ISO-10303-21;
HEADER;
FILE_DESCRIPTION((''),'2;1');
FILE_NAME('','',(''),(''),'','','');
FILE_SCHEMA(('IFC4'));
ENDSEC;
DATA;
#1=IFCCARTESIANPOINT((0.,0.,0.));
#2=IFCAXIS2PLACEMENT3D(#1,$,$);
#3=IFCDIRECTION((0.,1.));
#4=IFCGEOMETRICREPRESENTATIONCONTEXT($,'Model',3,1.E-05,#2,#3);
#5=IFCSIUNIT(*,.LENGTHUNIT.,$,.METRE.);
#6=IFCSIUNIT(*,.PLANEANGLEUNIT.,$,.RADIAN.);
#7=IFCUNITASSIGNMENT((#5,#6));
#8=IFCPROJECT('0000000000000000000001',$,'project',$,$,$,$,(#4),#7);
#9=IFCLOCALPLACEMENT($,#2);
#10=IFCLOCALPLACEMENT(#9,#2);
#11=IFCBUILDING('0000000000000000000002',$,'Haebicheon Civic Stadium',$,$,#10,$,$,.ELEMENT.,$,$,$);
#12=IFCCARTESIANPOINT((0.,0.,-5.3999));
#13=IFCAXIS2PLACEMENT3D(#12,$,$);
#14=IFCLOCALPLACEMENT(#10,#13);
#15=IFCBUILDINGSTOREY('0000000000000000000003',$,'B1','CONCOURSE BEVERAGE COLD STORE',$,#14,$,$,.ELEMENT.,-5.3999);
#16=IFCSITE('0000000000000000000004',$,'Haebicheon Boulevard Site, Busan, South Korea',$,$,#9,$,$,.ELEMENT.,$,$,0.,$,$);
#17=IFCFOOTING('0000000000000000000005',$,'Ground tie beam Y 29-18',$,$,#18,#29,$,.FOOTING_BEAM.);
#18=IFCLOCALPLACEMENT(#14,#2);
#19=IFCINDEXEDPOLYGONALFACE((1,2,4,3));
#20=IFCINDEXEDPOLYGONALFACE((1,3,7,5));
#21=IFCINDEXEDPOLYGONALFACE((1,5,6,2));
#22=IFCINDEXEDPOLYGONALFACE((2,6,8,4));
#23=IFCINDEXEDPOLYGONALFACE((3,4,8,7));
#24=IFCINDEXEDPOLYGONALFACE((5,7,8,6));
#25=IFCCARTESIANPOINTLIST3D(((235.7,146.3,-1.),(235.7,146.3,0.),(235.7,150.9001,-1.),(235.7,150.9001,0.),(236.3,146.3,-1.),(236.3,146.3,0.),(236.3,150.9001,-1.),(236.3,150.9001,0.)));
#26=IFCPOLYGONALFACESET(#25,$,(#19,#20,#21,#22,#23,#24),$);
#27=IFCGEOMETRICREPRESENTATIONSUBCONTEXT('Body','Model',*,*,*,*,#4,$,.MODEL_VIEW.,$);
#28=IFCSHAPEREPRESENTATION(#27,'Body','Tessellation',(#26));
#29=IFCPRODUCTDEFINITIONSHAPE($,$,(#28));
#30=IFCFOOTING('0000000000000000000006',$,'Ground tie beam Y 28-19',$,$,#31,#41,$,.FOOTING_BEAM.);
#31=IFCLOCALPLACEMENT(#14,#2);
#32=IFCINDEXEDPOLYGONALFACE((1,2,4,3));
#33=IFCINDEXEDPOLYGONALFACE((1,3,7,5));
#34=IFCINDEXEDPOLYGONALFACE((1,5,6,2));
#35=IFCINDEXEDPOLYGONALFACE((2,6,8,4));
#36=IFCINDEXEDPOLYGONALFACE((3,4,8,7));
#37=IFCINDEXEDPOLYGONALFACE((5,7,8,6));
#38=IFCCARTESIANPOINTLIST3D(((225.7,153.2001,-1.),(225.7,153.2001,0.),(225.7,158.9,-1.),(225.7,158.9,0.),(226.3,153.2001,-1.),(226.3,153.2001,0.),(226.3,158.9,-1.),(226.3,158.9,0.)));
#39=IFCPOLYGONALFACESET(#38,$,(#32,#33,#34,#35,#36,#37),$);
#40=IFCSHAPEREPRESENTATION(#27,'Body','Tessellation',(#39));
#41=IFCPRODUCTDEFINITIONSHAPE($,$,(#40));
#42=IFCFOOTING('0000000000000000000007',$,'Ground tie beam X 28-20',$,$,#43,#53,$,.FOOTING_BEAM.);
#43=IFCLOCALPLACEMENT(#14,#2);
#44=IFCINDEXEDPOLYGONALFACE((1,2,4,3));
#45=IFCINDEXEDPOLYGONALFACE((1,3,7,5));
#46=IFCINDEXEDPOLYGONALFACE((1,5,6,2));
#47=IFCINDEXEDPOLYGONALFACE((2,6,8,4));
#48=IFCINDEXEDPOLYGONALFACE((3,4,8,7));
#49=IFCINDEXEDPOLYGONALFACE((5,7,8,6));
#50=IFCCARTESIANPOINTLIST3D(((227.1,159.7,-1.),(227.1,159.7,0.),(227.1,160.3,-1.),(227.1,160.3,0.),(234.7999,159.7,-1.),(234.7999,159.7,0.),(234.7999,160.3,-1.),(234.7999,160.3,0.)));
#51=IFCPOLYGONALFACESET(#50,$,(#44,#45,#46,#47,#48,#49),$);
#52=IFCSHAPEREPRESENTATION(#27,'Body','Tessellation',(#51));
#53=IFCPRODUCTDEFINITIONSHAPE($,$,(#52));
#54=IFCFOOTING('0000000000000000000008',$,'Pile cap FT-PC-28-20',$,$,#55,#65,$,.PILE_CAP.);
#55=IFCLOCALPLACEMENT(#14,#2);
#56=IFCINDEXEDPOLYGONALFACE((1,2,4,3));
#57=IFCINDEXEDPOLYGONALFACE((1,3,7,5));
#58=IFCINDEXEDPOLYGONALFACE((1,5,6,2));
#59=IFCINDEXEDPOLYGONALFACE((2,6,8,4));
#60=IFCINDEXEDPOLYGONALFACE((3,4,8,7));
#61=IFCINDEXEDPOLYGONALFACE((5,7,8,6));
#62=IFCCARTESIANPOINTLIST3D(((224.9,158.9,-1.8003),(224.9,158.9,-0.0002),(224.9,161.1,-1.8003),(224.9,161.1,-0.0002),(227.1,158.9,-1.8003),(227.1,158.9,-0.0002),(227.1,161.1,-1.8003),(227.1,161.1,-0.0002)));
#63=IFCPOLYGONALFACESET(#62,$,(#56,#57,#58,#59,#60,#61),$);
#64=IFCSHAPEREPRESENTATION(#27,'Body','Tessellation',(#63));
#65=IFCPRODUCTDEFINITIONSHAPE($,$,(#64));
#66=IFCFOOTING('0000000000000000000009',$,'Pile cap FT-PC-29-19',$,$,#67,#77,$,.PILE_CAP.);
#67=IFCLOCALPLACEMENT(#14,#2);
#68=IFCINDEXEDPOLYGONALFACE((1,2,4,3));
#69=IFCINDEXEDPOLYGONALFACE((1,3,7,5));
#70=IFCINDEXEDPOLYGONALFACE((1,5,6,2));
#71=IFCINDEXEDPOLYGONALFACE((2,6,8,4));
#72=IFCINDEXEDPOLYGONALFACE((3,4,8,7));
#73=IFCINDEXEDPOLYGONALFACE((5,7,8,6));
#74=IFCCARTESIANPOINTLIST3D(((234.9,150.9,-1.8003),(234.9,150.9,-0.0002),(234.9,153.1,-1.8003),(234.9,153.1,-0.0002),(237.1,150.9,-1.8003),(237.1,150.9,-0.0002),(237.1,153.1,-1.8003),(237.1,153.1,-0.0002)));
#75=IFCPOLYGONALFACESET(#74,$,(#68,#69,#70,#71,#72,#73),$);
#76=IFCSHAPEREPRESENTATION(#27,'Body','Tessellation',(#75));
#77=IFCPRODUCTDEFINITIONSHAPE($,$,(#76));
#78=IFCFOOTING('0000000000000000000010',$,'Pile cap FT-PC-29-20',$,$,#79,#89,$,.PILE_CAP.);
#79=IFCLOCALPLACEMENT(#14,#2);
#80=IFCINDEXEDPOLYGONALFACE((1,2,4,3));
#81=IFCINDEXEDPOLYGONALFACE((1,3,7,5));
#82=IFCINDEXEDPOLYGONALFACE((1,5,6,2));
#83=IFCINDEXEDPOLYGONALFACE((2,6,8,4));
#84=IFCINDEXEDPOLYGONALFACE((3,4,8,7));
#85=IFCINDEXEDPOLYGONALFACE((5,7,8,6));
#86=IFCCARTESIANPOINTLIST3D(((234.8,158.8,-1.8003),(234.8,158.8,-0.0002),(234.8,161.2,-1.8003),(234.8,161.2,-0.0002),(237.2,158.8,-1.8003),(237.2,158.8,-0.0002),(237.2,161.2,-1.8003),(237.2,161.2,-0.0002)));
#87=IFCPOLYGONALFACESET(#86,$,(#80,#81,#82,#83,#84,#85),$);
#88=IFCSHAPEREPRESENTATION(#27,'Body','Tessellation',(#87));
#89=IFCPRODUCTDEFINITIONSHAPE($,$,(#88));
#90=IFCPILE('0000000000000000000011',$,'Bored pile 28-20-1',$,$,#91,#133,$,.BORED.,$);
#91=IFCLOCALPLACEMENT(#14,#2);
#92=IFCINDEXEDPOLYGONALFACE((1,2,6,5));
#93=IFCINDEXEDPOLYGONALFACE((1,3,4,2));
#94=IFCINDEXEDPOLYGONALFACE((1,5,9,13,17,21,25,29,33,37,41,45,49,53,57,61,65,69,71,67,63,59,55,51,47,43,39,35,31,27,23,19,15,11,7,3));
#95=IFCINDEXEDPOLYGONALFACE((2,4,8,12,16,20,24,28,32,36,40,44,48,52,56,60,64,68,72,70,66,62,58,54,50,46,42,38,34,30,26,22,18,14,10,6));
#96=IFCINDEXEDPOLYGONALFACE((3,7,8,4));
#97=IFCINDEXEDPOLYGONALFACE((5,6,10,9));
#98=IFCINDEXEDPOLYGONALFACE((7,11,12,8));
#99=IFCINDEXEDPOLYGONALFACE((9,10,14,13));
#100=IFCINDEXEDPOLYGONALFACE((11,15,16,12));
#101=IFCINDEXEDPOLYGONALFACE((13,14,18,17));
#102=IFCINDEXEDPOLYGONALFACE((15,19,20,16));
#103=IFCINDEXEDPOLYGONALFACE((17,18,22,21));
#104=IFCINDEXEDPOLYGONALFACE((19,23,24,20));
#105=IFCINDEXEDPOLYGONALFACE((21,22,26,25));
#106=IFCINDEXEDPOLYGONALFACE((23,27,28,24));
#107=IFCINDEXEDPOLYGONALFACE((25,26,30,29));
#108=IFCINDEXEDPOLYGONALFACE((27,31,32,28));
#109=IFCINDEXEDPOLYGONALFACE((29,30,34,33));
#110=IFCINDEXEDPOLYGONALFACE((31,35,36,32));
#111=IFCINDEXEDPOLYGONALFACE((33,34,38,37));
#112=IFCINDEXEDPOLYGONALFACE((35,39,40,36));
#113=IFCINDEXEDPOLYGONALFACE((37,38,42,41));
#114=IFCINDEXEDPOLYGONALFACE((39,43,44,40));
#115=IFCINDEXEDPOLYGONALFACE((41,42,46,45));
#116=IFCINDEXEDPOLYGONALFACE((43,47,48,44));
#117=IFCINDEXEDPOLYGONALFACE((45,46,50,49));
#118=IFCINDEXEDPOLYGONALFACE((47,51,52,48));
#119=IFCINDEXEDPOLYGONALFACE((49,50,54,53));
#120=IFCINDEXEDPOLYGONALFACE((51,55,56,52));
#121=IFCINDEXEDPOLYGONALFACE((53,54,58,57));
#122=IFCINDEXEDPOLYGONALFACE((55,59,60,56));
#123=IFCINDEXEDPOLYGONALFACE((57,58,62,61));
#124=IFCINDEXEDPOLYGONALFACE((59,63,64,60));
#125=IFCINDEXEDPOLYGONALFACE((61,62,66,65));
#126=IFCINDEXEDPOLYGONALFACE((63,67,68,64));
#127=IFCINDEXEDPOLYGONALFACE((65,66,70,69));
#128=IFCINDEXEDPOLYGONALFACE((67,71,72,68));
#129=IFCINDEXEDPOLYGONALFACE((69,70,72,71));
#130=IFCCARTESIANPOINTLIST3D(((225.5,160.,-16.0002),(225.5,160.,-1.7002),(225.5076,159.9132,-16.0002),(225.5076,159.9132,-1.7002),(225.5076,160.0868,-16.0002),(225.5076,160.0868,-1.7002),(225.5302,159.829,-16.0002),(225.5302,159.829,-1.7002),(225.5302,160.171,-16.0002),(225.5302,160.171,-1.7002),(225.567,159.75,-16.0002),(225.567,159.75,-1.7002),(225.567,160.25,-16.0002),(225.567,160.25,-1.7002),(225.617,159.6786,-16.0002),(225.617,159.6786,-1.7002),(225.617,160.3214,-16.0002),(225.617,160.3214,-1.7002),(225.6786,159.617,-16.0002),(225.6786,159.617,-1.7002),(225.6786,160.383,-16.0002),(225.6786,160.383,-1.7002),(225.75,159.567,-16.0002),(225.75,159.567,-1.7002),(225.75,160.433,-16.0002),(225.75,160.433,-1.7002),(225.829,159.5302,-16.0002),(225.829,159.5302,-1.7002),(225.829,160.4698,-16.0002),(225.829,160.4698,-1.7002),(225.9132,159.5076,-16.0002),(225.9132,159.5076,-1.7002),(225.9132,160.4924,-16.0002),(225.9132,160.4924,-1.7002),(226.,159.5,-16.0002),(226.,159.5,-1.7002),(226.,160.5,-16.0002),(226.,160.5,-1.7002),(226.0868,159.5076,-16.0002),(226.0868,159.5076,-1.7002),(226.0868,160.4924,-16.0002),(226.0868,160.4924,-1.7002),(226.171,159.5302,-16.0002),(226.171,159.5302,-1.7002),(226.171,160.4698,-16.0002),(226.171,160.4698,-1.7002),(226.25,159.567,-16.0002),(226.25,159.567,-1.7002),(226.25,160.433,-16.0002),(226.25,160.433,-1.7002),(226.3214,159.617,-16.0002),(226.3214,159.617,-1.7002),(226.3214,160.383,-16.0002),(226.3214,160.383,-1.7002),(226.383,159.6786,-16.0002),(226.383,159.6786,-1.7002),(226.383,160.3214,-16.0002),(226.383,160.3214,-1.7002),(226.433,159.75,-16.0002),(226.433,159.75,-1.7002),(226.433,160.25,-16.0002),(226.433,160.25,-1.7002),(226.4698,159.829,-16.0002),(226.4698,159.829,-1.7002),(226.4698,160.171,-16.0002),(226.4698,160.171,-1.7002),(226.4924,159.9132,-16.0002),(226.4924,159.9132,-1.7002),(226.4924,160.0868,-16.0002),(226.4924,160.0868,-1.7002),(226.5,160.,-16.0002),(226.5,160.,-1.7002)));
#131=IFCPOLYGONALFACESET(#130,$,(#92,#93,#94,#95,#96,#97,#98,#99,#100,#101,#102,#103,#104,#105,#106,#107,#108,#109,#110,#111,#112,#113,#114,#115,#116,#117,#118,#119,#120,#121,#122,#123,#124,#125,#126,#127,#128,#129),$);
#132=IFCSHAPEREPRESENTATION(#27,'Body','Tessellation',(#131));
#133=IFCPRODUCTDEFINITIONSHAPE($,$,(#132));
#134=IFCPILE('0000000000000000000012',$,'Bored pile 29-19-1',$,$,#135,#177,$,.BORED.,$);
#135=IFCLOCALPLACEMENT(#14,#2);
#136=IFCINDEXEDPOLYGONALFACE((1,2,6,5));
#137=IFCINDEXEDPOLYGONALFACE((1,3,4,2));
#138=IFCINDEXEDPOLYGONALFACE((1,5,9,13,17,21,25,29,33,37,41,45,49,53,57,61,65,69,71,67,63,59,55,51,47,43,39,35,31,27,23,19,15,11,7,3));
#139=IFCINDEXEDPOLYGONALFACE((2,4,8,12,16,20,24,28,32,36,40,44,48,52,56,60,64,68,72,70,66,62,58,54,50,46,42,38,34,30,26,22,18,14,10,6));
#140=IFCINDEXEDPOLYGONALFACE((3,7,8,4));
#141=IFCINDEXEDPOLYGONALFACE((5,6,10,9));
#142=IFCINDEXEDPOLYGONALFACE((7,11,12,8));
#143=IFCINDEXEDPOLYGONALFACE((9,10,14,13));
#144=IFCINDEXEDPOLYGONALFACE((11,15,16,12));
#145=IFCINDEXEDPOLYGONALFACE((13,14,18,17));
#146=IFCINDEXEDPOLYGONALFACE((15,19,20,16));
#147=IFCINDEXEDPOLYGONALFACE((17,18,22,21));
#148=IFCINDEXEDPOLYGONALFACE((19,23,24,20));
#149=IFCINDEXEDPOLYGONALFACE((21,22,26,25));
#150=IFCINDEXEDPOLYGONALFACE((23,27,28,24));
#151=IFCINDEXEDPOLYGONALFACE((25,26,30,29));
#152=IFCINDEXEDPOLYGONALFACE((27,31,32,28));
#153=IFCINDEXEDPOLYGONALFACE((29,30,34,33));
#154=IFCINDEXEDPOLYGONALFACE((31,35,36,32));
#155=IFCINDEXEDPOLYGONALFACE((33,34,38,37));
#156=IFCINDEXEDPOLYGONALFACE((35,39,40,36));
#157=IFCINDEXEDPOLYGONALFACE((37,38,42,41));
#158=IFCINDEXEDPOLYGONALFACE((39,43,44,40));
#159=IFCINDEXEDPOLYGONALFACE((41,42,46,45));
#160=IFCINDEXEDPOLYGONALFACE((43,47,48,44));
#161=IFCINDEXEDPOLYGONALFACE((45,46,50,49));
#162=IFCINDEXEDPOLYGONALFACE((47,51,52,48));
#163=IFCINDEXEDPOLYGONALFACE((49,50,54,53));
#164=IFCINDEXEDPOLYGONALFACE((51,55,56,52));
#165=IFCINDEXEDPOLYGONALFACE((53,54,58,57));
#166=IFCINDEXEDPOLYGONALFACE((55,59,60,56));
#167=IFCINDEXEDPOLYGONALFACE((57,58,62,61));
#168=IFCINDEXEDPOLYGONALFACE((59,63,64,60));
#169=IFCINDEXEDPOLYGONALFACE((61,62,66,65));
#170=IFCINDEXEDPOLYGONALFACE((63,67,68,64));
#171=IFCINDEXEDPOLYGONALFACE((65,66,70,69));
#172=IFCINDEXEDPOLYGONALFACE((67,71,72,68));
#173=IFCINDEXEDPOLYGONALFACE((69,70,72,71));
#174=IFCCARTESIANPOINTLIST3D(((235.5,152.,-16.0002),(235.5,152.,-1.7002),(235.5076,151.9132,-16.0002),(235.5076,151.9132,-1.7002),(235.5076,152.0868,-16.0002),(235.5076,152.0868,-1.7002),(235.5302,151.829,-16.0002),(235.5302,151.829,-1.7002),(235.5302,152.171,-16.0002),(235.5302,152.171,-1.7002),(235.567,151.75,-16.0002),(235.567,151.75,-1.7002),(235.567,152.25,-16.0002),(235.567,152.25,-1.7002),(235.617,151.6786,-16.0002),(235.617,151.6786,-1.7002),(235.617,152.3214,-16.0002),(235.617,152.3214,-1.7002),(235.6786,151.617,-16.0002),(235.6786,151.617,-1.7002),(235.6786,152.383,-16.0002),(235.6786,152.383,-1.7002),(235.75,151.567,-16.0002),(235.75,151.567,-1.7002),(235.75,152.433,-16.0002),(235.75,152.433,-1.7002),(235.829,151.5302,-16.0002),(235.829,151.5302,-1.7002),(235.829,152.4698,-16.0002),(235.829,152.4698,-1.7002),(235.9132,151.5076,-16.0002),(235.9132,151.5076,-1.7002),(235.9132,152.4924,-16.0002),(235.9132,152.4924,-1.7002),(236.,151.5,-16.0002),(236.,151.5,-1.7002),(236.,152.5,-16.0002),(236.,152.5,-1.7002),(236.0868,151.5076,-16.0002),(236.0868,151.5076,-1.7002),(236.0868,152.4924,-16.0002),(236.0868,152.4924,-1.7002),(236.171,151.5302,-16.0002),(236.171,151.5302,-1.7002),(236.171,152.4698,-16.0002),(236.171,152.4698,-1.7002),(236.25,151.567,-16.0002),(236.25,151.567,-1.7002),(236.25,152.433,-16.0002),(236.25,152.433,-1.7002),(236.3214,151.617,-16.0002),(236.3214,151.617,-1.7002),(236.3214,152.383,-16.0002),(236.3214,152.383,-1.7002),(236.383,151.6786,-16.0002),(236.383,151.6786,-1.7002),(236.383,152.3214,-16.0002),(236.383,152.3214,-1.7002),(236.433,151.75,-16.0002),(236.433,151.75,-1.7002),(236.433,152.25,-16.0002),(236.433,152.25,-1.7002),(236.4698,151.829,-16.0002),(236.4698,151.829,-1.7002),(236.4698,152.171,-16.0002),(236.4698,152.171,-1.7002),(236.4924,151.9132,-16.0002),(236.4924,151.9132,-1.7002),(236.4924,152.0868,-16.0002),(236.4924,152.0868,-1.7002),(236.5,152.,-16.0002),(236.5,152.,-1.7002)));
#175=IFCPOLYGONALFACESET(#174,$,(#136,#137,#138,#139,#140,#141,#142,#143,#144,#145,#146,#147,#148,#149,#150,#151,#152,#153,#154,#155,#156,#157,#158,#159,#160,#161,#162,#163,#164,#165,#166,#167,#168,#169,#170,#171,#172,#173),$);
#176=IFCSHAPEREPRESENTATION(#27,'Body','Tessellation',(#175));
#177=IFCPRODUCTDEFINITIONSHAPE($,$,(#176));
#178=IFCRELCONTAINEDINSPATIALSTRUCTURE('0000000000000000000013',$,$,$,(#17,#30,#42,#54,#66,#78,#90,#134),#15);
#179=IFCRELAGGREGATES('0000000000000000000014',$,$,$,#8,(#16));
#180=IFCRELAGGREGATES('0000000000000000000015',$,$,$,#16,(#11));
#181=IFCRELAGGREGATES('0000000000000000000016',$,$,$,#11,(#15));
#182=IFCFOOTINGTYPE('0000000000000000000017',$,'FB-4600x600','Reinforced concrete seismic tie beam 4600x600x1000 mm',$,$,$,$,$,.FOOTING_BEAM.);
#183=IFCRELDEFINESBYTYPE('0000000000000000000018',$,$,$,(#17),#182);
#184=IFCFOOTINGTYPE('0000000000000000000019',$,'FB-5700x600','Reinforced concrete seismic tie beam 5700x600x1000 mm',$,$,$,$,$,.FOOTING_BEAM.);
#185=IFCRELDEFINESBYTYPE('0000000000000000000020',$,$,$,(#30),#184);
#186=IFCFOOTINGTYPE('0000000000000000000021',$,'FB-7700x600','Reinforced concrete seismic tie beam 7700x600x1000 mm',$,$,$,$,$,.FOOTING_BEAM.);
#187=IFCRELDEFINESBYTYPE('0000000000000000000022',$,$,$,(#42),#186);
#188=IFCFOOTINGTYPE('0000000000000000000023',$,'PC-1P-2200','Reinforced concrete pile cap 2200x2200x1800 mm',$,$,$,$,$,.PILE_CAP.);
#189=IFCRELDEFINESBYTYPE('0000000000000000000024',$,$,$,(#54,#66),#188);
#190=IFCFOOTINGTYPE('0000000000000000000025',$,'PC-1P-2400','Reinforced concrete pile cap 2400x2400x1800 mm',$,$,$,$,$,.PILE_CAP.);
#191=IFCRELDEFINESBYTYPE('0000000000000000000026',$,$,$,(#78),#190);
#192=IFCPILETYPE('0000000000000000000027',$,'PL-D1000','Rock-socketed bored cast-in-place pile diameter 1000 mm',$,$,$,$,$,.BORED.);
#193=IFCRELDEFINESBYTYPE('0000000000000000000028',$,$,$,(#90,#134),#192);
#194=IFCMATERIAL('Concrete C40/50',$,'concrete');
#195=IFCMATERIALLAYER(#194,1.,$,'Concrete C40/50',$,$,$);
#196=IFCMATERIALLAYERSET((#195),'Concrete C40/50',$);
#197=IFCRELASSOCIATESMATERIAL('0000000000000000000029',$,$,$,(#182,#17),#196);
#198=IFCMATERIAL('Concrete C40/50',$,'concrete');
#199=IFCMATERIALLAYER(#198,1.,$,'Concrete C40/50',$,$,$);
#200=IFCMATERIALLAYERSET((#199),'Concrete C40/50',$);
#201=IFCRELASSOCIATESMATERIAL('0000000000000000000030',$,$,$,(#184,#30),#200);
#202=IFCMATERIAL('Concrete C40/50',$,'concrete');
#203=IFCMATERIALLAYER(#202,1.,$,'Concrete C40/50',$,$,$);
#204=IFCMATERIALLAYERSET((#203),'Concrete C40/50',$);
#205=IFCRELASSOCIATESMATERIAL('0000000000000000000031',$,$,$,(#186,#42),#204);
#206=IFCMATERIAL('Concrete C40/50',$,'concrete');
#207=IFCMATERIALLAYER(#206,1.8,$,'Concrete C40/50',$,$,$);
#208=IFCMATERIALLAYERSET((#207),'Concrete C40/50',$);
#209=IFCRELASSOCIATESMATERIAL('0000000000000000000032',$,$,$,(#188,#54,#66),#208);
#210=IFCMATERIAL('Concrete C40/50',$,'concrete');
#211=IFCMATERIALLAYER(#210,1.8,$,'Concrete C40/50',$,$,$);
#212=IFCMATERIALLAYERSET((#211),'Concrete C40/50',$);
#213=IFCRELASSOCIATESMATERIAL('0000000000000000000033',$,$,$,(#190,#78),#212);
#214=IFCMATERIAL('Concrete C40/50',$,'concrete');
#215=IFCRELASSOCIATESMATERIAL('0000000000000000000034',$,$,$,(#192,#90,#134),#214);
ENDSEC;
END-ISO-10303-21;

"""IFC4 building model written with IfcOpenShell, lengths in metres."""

from ifc_helpers import new_model, si_unit, direction, frame, origin, origin_2d, place, context, subcontext, project, spatial, rectangle, circle, extrude, material, layer, layer_set, material_profile, profile_set, type_object, element, save


model = new_model("IFC4")

# Units and contexts
model_context = context("Model", 3, precision=1e-05, world=origin(), true_north=direction((0.0, 1.0)))
body_context = subcontext(model_context, "Body", "Model", "MODEL_VIEW")
ifc_project = project(units=[si_unit("LENGTHUNIT", "METRE"), si_unit("PLANEANGLEUNIT", "RADIAN")], contexts=[model_context])

# Site, building, storey
site_placement = place(None, origin())
site = spatial("IfcSite", under=ifc_project, at=site_placement, Name="Haebicheon Boulevard Site, Busan, South Korea", CompositionType="ELEMENT", RefElevation=0.0)
building_placement = place(site_placement, origin())
building = spatial("IfcBuilding", under=site, at=building_placement, Name="Haebicheon Civic Stadium", CompositionType="ELEMENT")
storey_placement = place(building_placement, frame((0.0, 0.0, -5.3999)))
storey = spatial("IfcBuildingStorey", under=building, at=storey_placement, Name="B1", Description="CONCOURSE BEVERAGE COLD STORE", CompositionType="ELEMENT", Elevation=-5.3999)

# Footings
ifc_material_1 = material(Name="Concrete C40/50", Category="concrete")
ifc_layer_1 = layer(ifc_material_1, 1.0, Name="Concrete C40/50")
ifc_layer_set_1 = layer_set([ifc_layer_1], Name="Concrete C40/50")
footing_type_1 = type_object("IfcFootingType", Name="FB-4600x600", Description="Reinforced concrete seismic tie beam 4600x600x1000 mm", PredefinedType="FOOTING_BEAM", material=ifc_layer_set_1)
footing_1_placement = place(storey_placement, frame((236.0, 148.6001, -1.0), z_axis=(0.0, 0.0, 1.0), x_axis=(0.0, 1.0, 0.0)))
element("IfcFooting", 1, at=footing_1_placement, inside=storey, type_object=footing_type_1, material=ifc_layer_set_1, Name="Ground tie beam Y 29-18", PredefinedType="FOOTING_BEAM", context=body_context, shape_type="SweptSolid", body=[
    extrude(rectangle(XDim=4.6001, YDim=0.6001, at=origin_2d()), origin(), (0.0, 0.0, 1.0), 1.0),
])
ifc_material_2 = material(Name="Concrete C40/50", Category="concrete")
ifc_layer_2 = layer(ifc_material_2, 1.0, Name="Concrete C40/50")
ifc_layer_set_2 = layer_set([ifc_layer_2], Name="Concrete C40/50")
footing_type_2 = type_object("IfcFootingType", Name="FB-5700x600", Description="Reinforced concrete seismic tie beam 5700x600x1000 mm", PredefinedType="FOOTING_BEAM", material=ifc_layer_set_2)
footing_2_placement = place(storey_placement, frame((226.0, 156.05, -1.0), z_axis=(0.0, 0.0, 1.0), x_axis=(0.0, 1.0, 0.0)))
element("IfcFooting", 2, at=footing_2_placement, inside=storey, type_object=footing_type_2, material=ifc_layer_set_2, Name="Ground tie beam Y 28-19", PredefinedType="FOOTING_BEAM", context=body_context, shape_type="SweptSolid", body=[
    extrude(rectangle(XDim=5.7, YDim=0.6001, at=origin_2d()), origin(), (0.0, 0.0, 1.0), 1.0),
])
ifc_material_3 = material(Name="Concrete C40/50", Category="concrete")
ifc_layer_3 = layer(ifc_material_3, 1.0, Name="Concrete C40/50")
ifc_layer_set_3 = layer_set([ifc_layer_3], Name="Concrete C40/50")
footing_type_3 = type_object("IfcFootingType", Name="FB-7700x600", Description="Reinforced concrete seismic tie beam 7700x600x1000 mm", PredefinedType="FOOTING_BEAM", material=ifc_layer_set_3)
footing_3_placement = place(storey_placement, frame((230.95, 160.0, -1.0), z_axis=(0.0, 0.0, 1.0), x_axis=(1.0, 0.0, 0.0)))
element("IfcFooting", 3, at=footing_3_placement, inside=storey, type_object=footing_type_3, material=ifc_layer_set_3, Name="Ground tie beam X 28-20", PredefinedType="FOOTING_BEAM", context=body_context, shape_type="SweptSolid", body=[
    extrude(rectangle(XDim=7.7, YDim=0.6001, at=origin_2d()), origin(), (0.0, 0.0, 1.0), 1.0),
])
ifc_material_4 = material(Name="Concrete C40/50", Category="concrete")
ifc_layer_4 = layer(ifc_material_4, 1.8, Name="Concrete C40/50")
ifc_layer_set_4 = layer_set([ifc_layer_4], Name="Concrete C40/50")
footing_type_4 = type_object("IfcFootingType", Name="PC-1P-2200", Description="Reinforced concrete pile cap 2200x2200x1800 mm", PredefinedType="PILE_CAP", material=ifc_layer_set_4)
for number, where, z_axis, x_axis, name in (
    (4, (226.0, 160.0, -1.8003), (0.0, 0.0, 1.0), (1.0, 0.0, 0.0), "Pile cap FT-PC-28-20"),
    (5, (236.0, 152.0, -1.8003), (0.0, 0.0, 1.0), (1.0, 0.0, 0.0), "Pile cap FT-PC-29-19"),
):
    element("IfcFooting", number, at=place(storey_placement, frame(where, z_axis=z_axis, x_axis=x_axis)), inside=storey, type_object=footing_type_4, material=ifc_layer_set_4, Name=name, PredefinedType="PILE_CAP", context=body_context, shape_type="SweptSolid", body=[
        extrude(rectangle(XDim=2.2, YDim=2.2, at=origin_2d()), origin(), (0.0, 0.0, 1.0), 1.8),
    ])
ifc_material_5 = material(Name="Concrete C40/50", Category="concrete")
ifc_layer_5 = layer(ifc_material_5, 1.8, Name="Concrete C40/50")
ifc_layer_set_5 = layer_set([ifc_layer_5], Name="Concrete C40/50")
footing_type_5 = type_object("IfcFootingType", Name="PC-1P-2400", Description="Reinforced concrete pile cap 2400x2400x1800 mm", PredefinedType="PILE_CAP", material=ifc_layer_set_5)
footing_4_placement = place(storey_placement, frame((236.0, 160.0, -1.8003), z_axis=(0.0, 0.0, 1.0), x_axis=(1.0, 0.0, 0.0)))
element("IfcFooting", 6, at=footing_4_placement, inside=storey, type_object=footing_type_5, material=ifc_layer_set_5, Name="Pile cap FT-PC-29-20", PredefinedType="PILE_CAP", context=body_context, shape_type="SweptSolid", body=[
    extrude(rectangle(XDim=2.3999, YDim=2.3999, at=origin_2d()), origin(), (0.0, 0.0, 1.0), 1.8),
])

# Piles
ifc_material_6 = material(Name="Concrete C40/50", Category="concrete")
ifc_material_profile_1 = material_profile(ifc_material_6, circle(Radius=0.5, at=origin_2d()), Name="PILE-D1000")
ifc_profile_set_1 = profile_set([ifc_material_profile_1], Name="Concrete C40/50")
pile_type_1 = type_object("IfcPileType", Name="PL-D1000", Description="Rock-socketed bored cast-in-place pile diameter 1000 mm", PredefinedType="BORED", material=ifc_profile_set_1)
for number, where, z_axis, x_axis, name in (
    (7, (226.0, 160.0, -1.7002), (0.0, 0.0, -1.0), (1.0, 0.0, 0.0), "Bored pile 28-20-1"),
    (8, (236.0, 152.0, -1.7002), (0.0, 0.0, -1.0), (1.0, 0.0, 0.0), "Bored pile 29-19-1"),
):
    element("IfcPile", number, at=place(storey_placement, frame(where, z_axis=z_axis, x_axis=x_axis)), inside=storey, type_object=pile_type_1, material=ifc_profile_set_1, Name=name, PredefinedType="BORED", context=body_context, shape_type="SweptSolid", body=[
        extrude(circle(Radius=0.5, at=origin_2d()), origin(), (0.0, 0.0, 1.0), 14.3),
    ])

save(model, "model.ifc")
